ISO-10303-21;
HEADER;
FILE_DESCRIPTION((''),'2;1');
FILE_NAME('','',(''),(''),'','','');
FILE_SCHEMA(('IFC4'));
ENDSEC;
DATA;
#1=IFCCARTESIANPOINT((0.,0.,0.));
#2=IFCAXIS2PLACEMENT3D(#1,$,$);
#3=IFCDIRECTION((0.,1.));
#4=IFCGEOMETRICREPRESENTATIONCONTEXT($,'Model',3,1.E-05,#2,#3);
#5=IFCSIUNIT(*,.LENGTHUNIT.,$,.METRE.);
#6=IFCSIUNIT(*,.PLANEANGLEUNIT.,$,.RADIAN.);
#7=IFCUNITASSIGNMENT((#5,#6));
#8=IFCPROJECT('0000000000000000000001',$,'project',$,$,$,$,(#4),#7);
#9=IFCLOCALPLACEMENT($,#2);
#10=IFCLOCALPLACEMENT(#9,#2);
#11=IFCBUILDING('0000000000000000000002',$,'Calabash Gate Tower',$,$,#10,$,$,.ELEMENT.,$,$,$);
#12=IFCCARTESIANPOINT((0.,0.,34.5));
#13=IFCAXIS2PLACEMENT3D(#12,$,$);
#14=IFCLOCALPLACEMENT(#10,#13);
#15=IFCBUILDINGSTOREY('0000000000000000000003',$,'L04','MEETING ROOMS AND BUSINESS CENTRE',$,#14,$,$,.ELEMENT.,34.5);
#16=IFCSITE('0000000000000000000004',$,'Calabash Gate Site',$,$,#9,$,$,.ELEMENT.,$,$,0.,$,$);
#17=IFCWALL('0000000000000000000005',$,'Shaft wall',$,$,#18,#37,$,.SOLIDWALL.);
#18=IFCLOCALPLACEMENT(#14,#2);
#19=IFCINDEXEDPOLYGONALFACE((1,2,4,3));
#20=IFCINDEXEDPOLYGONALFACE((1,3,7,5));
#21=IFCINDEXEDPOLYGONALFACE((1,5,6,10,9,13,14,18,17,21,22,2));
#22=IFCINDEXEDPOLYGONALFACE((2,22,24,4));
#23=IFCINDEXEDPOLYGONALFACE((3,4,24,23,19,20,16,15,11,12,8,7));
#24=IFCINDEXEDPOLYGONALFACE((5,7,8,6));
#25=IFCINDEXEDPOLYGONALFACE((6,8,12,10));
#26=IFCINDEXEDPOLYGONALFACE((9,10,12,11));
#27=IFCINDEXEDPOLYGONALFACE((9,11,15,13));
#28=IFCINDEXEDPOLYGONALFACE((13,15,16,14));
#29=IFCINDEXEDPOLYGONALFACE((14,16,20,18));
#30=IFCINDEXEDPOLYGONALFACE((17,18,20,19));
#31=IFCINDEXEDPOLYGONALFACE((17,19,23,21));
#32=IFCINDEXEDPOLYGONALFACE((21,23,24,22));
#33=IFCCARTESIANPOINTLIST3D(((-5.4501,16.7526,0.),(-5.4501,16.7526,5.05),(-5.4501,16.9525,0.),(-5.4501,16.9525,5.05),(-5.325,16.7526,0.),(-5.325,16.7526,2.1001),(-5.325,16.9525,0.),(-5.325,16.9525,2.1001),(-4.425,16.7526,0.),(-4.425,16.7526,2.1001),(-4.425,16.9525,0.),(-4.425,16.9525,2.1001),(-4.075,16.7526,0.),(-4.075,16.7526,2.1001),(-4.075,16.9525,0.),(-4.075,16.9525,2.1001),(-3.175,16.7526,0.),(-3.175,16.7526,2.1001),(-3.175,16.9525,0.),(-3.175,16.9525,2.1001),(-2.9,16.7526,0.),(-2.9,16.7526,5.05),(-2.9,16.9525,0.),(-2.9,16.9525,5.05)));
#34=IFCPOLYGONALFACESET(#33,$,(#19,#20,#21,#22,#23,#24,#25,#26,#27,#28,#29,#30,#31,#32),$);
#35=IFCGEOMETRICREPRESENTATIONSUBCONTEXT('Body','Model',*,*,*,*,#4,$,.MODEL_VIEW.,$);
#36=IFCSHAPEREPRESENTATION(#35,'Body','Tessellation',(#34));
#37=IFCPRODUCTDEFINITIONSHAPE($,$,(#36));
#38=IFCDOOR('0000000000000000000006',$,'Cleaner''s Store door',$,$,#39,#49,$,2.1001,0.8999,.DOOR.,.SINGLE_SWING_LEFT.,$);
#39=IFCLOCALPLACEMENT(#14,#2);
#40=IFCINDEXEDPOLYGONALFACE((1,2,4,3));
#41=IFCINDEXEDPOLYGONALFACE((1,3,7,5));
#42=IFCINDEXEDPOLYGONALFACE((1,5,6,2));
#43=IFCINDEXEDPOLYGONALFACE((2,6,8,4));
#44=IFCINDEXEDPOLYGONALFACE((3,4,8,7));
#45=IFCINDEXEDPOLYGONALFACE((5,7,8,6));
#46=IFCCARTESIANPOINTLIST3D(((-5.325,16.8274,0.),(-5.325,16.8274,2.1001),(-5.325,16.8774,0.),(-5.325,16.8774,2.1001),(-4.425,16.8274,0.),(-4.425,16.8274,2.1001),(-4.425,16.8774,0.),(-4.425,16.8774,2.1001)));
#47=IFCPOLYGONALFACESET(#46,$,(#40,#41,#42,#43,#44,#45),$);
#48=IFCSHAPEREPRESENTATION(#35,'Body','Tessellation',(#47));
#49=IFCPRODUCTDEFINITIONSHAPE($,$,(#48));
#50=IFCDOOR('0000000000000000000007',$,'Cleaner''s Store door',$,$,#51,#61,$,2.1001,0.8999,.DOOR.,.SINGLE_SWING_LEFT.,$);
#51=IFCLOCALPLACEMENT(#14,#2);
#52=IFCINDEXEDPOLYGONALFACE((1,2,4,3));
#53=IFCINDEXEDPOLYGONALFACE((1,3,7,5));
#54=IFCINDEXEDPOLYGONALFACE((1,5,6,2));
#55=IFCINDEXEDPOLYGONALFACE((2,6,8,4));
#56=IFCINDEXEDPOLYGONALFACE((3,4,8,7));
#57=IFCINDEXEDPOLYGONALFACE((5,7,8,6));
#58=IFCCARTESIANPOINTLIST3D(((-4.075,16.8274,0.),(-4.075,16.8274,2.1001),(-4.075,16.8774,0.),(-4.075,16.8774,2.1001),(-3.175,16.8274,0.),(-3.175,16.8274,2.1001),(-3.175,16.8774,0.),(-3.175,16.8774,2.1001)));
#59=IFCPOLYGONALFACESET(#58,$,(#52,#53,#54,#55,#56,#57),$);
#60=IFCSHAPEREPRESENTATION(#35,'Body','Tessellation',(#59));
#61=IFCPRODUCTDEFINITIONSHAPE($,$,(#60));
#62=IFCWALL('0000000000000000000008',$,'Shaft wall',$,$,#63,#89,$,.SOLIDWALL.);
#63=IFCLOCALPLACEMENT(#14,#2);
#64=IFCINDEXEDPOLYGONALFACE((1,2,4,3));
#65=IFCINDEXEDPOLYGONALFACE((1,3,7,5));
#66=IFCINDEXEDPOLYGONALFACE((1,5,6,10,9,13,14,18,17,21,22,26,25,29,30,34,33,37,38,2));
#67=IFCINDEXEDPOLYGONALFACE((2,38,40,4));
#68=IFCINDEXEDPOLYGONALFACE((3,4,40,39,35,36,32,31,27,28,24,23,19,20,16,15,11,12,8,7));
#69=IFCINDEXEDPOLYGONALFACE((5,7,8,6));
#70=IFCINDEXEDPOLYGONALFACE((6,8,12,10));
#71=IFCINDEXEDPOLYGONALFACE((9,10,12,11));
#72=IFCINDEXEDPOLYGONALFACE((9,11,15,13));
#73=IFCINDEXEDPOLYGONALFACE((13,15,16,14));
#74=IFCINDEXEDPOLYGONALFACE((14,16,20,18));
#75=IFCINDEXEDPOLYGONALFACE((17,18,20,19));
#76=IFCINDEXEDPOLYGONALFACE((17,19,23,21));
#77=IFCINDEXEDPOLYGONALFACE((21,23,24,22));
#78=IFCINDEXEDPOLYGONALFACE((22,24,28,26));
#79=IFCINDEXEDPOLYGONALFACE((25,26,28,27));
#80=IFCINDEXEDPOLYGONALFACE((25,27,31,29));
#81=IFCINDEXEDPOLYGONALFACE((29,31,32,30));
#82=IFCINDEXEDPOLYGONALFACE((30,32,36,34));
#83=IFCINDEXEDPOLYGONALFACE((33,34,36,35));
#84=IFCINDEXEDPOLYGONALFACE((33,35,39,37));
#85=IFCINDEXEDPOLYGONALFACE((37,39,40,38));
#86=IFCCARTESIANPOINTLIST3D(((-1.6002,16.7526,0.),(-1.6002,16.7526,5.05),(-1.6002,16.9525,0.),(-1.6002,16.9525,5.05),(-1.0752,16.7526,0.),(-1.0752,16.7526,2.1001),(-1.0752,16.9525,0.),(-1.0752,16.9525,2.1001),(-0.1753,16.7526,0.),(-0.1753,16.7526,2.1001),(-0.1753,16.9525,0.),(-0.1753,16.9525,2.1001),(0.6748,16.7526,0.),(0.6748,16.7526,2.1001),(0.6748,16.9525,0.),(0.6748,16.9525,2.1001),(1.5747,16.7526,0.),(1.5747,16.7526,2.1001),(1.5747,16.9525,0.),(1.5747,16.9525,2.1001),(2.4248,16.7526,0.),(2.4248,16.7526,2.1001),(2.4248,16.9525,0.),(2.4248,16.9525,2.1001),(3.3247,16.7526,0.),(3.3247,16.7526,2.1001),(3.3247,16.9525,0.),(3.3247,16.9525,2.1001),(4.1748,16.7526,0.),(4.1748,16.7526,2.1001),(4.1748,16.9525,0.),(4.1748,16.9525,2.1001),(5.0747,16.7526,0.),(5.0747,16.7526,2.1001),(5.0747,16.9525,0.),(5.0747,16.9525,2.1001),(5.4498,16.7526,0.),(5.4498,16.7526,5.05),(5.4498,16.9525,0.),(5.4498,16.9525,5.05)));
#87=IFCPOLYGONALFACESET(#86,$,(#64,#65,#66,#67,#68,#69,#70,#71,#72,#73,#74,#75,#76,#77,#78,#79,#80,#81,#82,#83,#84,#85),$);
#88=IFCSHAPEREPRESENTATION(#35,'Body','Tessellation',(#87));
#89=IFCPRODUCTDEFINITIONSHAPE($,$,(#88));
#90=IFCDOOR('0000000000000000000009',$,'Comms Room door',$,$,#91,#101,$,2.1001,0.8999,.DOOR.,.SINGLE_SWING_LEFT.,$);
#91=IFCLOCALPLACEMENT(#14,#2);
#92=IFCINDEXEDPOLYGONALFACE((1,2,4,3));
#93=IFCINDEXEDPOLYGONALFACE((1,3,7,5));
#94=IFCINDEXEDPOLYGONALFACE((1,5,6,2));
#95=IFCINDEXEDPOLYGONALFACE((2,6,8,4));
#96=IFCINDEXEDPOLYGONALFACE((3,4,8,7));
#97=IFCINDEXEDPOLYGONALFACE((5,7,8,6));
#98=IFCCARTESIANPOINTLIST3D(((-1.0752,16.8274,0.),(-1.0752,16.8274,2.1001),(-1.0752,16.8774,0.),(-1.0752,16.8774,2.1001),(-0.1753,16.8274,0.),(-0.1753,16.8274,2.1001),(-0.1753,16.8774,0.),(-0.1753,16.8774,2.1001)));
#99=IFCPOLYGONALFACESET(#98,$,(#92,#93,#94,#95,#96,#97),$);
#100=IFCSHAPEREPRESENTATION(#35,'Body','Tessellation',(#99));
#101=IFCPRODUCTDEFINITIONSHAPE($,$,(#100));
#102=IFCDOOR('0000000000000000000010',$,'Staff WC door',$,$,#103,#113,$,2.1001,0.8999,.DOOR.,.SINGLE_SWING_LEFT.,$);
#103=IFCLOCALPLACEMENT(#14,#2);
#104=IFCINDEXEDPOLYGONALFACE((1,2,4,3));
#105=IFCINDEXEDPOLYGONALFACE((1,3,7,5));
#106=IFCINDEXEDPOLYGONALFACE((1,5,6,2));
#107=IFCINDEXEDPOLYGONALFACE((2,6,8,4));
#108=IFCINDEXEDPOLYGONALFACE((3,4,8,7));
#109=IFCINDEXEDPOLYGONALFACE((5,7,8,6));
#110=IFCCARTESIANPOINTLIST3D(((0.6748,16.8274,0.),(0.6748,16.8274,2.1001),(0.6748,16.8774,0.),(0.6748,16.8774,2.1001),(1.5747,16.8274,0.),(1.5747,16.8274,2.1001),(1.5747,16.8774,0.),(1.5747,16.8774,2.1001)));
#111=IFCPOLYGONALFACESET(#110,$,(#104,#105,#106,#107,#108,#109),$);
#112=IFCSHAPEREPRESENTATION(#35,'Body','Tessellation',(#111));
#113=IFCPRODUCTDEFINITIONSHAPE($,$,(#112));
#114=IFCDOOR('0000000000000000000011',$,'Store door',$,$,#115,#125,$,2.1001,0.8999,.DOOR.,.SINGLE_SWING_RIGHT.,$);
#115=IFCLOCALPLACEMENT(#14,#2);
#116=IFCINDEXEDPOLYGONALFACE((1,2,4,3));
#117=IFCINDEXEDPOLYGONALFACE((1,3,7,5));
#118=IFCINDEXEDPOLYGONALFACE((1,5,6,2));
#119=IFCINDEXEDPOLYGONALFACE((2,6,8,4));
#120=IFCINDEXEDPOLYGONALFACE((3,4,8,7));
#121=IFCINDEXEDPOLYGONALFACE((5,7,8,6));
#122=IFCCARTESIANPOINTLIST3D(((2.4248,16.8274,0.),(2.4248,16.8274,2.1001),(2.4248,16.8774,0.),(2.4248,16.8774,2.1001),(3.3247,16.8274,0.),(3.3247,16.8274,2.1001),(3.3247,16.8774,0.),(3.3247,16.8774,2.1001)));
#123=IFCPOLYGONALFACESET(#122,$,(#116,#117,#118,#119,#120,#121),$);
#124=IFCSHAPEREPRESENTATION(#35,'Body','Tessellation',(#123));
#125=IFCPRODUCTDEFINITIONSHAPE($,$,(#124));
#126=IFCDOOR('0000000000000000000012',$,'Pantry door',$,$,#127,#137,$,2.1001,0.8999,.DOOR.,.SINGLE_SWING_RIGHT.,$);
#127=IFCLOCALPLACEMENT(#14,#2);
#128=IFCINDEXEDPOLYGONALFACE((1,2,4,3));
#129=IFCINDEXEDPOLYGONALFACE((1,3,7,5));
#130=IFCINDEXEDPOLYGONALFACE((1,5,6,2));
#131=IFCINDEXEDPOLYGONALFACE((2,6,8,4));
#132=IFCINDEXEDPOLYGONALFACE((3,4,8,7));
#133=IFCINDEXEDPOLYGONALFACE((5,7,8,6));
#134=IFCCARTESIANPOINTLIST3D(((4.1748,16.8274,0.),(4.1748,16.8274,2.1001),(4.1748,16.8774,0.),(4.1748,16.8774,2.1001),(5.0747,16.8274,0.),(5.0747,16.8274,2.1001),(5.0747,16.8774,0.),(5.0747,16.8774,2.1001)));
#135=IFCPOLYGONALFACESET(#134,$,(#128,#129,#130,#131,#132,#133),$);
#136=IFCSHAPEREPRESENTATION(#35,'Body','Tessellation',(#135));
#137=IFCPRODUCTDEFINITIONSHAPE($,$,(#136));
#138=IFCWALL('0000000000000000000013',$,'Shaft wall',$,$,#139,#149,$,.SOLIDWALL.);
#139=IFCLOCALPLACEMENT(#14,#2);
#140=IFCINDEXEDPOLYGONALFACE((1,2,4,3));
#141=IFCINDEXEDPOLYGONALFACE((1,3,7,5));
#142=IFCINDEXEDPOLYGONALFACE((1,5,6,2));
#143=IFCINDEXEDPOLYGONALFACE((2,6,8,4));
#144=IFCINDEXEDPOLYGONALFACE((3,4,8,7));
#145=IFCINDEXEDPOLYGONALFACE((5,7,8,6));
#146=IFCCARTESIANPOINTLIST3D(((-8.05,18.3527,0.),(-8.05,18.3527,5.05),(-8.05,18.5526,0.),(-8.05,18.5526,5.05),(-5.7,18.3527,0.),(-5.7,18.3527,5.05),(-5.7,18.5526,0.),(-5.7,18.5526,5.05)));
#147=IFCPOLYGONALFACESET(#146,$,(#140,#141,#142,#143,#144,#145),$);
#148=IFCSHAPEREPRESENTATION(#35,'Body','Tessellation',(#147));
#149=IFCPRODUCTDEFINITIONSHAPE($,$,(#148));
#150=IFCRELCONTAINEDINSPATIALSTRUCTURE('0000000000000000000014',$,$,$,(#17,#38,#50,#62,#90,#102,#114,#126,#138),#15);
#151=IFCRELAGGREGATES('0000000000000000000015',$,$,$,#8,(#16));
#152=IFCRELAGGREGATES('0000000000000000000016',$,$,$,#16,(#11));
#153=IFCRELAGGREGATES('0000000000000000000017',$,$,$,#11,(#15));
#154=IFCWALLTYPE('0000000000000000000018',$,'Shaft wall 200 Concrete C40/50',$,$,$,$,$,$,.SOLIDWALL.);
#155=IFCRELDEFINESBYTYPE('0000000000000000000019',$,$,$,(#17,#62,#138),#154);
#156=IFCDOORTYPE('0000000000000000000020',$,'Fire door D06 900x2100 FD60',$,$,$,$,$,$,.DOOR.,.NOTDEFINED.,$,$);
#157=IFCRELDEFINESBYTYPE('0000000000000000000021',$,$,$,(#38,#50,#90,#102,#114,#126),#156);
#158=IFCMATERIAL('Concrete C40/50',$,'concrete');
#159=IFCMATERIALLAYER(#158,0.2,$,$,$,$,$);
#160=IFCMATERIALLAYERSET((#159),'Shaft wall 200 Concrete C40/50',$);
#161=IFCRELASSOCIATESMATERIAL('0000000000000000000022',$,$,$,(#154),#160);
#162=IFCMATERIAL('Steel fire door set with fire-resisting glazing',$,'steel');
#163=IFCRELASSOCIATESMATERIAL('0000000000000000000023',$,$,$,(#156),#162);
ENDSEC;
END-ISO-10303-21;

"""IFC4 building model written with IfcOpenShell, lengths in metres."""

from ifc_helpers import new_model, si_unit, direction, frame, frame_2d, origin, place, context, subcontext, project, spatial, rectangle, extrude, material, layer, layer_set, type_object, element, fill, save


model = new_model("IFC4")

# Units and contexts
model_context = context("Model", 3, precision=1e-05, world=origin(), true_north=direction((0.0, 1.0)))
body_context = subcontext(model_context, "Body", "Model", "MODEL_VIEW")
ifc_project = project(units=[si_unit("LENGTHUNIT", "METRE"), si_unit("PLANEANGLEUNIT", "RADIAN")], contexts=[model_context])

# Site, building, storey
site_placement = place(None, origin())
site = spatial("IfcSite", under=ifc_project, at=site_placement, Name="Calabash Gate Site", CompositionType="ELEMENT", RefElevation=0.0)
building_placement = place(site_placement, origin())
building = spatial("IfcBuilding", under=site, at=building_placement, Name="Calabash Gate Tower", CompositionType="ELEMENT")
storey_placement = place(building_placement, frame((0.0, 0.0, 34.5)))
storey = spatial("IfcBuildingStorey", under=building, at=storey_placement, Name="L04", Description="MEETING ROOMS AND BUSINESS CENTRE", CompositionType="ELEMENT", Elevation=34.5)

# Shared definitions
ifc_material_1 = material(Name="Concrete C40/50", Category="concrete")
ifc_layer_1 = layer(ifc_material_1, 0.2)
ifc_layer_set_1 = layer_set([ifc_layer_1], Name="Shaft wall 200 Concrete C40/50")
wall_type_1 = type_object("IfcWallType", Name="Shaft wall 200 Concrete C40/50", PredefinedType="SOLIDWALL", material=ifc_layer_set_1)

# Walls, openings, doors
wall_1_placement = place(storey_placement, frame((-5.45, 16.8525, 0.0), z_axis=(0.0, 0.0, 1.0), x_axis=(1.0, 0.0, 0.0)))
wall_1 = element("IfcWall", 1, at=wall_1_placement, inside=storey, type_object=wall_type_1, Name="Shaft wall", PredefinedType="SOLIDWALL", context=body_context, shape_type="SweptSolid", body=[
    extrude(rectangle(XDim=2.55, YDim=0.2, at=frame_2d((1.2749, 0.0))), origin(), (0.0, 0.0, 1.0), 5.05),
])
opening_1_placement = place(wall_1_placement, frame((0.125, 0.0, 0.0)))
opening_1 = element("IfcOpeningElement", 2, at=opening_1_placement, cuts=wall_1, PredefinedType="OPENING", context=body_context, shape_type="SweptSolid", body=[
    extrude(rectangle(XDim=0.8999, YDim=2.1001, at=frame_2d((0.45, 1.05))), frame((0.0, 0.1099, 0.0), z_axis=(0.0, -1.0, 0.0), x_axis=(1.0, 0.0, 0.0)), (0.0, 0.0, 1.0), 0.22),
])
opening_2_placement = place(wall_1_placement, frame((1.375, 0.0, 0.0)))
opening_2 = element("IfcOpeningElement", 3, at=opening_2_placement, cuts=wall_1, PredefinedType="OPENING", context=body_context, shape_type="SweptSolid", body=[
    extrude(rectangle(XDim=0.8999, YDim=2.1001, at=frame_2d((0.45, 1.05))), frame((0.0, 0.1099, 0.0), z_axis=(0.0, -1.0, 0.0), x_axis=(1.0, 0.0, 0.0)), (0.0, 0.0, 1.0), 0.22),
])
ifc_material_2 = material(Name="Steel fire door set with fire-resisting glazing", Category="steel")
door_type_1 = type_object("IfcDoorType", Name="Fire door D06 900x2100 FD60", OperationType="NOTDEFINED", PredefinedType="DOOR", material=ifc_material_2)
door_1_placement = place(opening_1_placement, origin())
door_1 = element("IfcDoor", 4, at=door_1_placement, inside=storey, type_object=door_type_1, Name="Cleaner's Store door", OperationType="SINGLE_SWING_LEFT", OverallHeight=2.1001, OverallWidth=0.8999, PredefinedType="DOOR", context=body_context, shape_type="SweptSolid", body=[
    extrude(rectangle(XDim=0.8999, YDim=2.1001, at=frame_2d((0.45, 1.05))), frame((0.0, 0.0249, 0.0), z_axis=(0.0, -1.0, 0.0), x_axis=(1.0, 0.0, 0.0)), (0.0, 0.0, 1.0), 0.05),
])
fill(opening_1, door_1)
door_2_placement = place(opening_2_placement, origin())
door_2 = element("IfcDoor", 5, at=door_2_placement, inside=storey, type_object=door_type_1, Name="Cleaner's Store door", OperationType="SINGLE_SWING_LEFT", OverallHeight=2.1001, OverallWidth=0.8999, PredefinedType="DOOR", context=body_context, shape_type="SweptSolid", body=[
    extrude(rectangle(XDim=0.8999, YDim=2.1001, at=frame_2d((0.45, 1.05))), frame((0.0, 0.0249, 0.0), z_axis=(0.0, -1.0, 0.0), x_axis=(1.0, 0.0, 0.0)), (0.0, 0.0, 1.0), 0.05),
])
fill(opening_2, door_2)
wall_2_placement = place(storey_placement, frame((-1.6001, 16.8525, 0.0), z_axis=(0.0, 0.0, 1.0), x_axis=(1.0, 0.0, 0.0)))
wall_2 = element("IfcWall", 6, at=wall_2_placement, inside=storey, type_object=wall_type_1, Name="Shaft wall", PredefinedType="SOLIDWALL", context=body_context, shape_type="SweptSolid", body=[
    extrude(rectangle(XDim=7.05, YDim=0.2, at=frame_2d((3.5249, 0.0))), origin(), (0.0, 0.0, 1.0), 5.05),
])
opening_3_placement = place(wall_2_placement, frame((0.5249, 0.0, 0.0)))
opening_3 = element("IfcOpeningElement", 7, at=opening_3_placement, cuts=wall_2, PredefinedType="OPENING", context=body_context, shape_type="SweptSolid", body=[
    extrude(rectangle(XDim=0.8999, YDim=2.1001, at=frame_2d((0.45, 1.05))), frame((0.0, 0.1099, 0.0), z_axis=(0.0, -1.0, 0.0), x_axis=(1.0, 0.0, 0.0)), (0.0, 0.0, 1.0), 0.22),
])
opening_4_placement = place(wall_2_placement, frame((2.2749, 0.0, 0.0)))
opening_4 = element("IfcOpeningElement", 8, at=opening_4_placement, cuts=wall_2, PredefinedType="OPENING", context=body_context, shape_type="SweptSolid", body=[
    extrude(rectangle(XDim=0.8999, YDim=2.1001, at=frame_2d((0.45, 1.05))), frame((0.0, 0.1099, 0.0), z_axis=(0.0, -1.0, 0.0), x_axis=(1.0, 0.0, 0.0)), (0.0, 0.0, 1.0), 0.22),
])
opening_5_placement = place(wall_2_placement, frame((4.0249, 0.0, 0.0)))
opening_5 = element("IfcOpeningElement", 9, at=opening_5_placement, cuts=wall_2, PredefinedType="OPENING", context=body_context, shape_type="SweptSolid", body=[
    extrude(rectangle(XDim=0.8999, YDim=2.1001, at=frame_2d((0.45, 1.05))), frame((0.0, 0.1099, 0.0), z_axis=(0.0, -1.0, 0.0), x_axis=(1.0, 0.0, 0.0)), (0.0, 0.0, 1.0), 0.22),
])
opening_6_placement = place(wall_2_placement, frame((5.7749, 0.0, 0.0)))
opening_6 = element("IfcOpeningElement", 10, at=opening_6_placement, cuts=wall_2, PredefinedType="OPENING", context=body_context, shape_type="SweptSolid", body=[
    extrude(rectangle(XDim=0.8999, YDim=2.1001, at=frame_2d((0.45, 1.05))), frame((0.0, 0.1099, 0.0), z_axis=(0.0, -1.0, 0.0), x_axis=(1.0, 0.0, 0.0)), (0.0, 0.0, 1.0), 0.22),
])
door_3_placement = place(opening_3_placement, origin())
door_3 = element("IfcDoor", 11, at=door_3_placement, inside=storey, type_object=door_type_1, Name="Comms Room door", OperationType="SINGLE_SWING_LEFT", OverallHeight=2.1001, OverallWidth=0.8999, PredefinedType="DOOR", context=body_context, shape_type="SweptSolid", body=[
    extrude(rectangle(XDim=0.8999, YDim=2.1001, at=frame_2d((0.45, 1.05))), frame((0.0, 0.0249, 0.0), z_axis=(0.0, -1.0, 0.0), x_axis=(1.0, 0.0, 0.0)), (0.0, 0.0, 1.0), 0.05),
])
fill(opening_3, door_3)
door_4_placement = place(opening_4_placement, origin())
door_4 = element("IfcDoor", 12, at=door_4_placement, inside=storey, type_object=door_type_1, Name="Staff WC door", OperationType="SINGLE_SWING_LEFT", OverallHeight=2.1001, OverallWidth=0.8999, PredefinedType="DOOR", context=body_context, shape_type="SweptSolid", body=[
    extrude(rectangle(XDim=0.8999, YDim=2.1001, at=frame_2d((0.45, 1.05))), frame((0.0, 0.0249, 0.0), z_axis=(0.0, -1.0, 0.0), x_axis=(1.0, 0.0, 0.0)), (0.0, 0.0, 1.0), 0.05),
])
fill(opening_4, door_4)
door_5_placement = place(opening_5_placement, origin())
door_5 = element("IfcDoor", 13, at=door_5_placement, inside=storey, type_object=door_type_1, Name="Store door", OperationType="SINGLE_SWING_RIGHT", OverallHeight=2.1001, OverallWidth=0.8999, PredefinedType="DOOR", context=body_context, shape_type="SweptSolid", body=[
    extrude(rectangle(XDim=0.8999, YDim=2.1001, at=frame_2d((0.45, 1.05))), frame((0.0, 0.0249, 0.0), z_axis=(0.0, -1.0, 0.0), x_axis=(1.0, 0.0, 0.0)), (0.0, 0.0, 1.0), 0.05),
])
fill(opening_5, door_5)
door_6_placement = place(opening_6_placement, origin())
door_6 = element("IfcDoor", 14, at=door_6_placement, inside=storey, type_object=door_type_1, Name="Pantry door", OperationType="SINGLE_SWING_RIGHT", OverallHeight=2.1001, OverallWidth=0.8999, PredefinedType="DOOR", context=body_context, shape_type="SweptSolid", body=[
    extrude(rectangle(XDim=0.8999, YDim=2.1001, at=frame_2d((0.45, 1.05))), frame((0.0, 0.0249, 0.0), z_axis=(0.0, -1.0, 0.0), x_axis=(1.0, 0.0, 0.0)), (0.0, 0.0, 1.0), 0.05),
])
fill(opening_6, door_6)

# Wall
wall_3_placement = place(storey_placement, frame((-8.05, 18.4526, 0.0), z_axis=(0.0, 0.0, 1.0), x_axis=(1.0, 0.0, 0.0)))
element("IfcWall", 15, at=wall_3_placement, inside=storey, type_object=wall_type_1, Name="Shaft wall", PredefinedType="SOLIDWALL", context=body_context, shape_type="SweptSolid", body=[
    extrude(rectangle(XDim=2.3501, YDim=0.2, at=frame_2d((1.175, 0.0))), origin(), (0.0, 0.0, 1.0), 5.05),
])

save(model, "model.ifc")
